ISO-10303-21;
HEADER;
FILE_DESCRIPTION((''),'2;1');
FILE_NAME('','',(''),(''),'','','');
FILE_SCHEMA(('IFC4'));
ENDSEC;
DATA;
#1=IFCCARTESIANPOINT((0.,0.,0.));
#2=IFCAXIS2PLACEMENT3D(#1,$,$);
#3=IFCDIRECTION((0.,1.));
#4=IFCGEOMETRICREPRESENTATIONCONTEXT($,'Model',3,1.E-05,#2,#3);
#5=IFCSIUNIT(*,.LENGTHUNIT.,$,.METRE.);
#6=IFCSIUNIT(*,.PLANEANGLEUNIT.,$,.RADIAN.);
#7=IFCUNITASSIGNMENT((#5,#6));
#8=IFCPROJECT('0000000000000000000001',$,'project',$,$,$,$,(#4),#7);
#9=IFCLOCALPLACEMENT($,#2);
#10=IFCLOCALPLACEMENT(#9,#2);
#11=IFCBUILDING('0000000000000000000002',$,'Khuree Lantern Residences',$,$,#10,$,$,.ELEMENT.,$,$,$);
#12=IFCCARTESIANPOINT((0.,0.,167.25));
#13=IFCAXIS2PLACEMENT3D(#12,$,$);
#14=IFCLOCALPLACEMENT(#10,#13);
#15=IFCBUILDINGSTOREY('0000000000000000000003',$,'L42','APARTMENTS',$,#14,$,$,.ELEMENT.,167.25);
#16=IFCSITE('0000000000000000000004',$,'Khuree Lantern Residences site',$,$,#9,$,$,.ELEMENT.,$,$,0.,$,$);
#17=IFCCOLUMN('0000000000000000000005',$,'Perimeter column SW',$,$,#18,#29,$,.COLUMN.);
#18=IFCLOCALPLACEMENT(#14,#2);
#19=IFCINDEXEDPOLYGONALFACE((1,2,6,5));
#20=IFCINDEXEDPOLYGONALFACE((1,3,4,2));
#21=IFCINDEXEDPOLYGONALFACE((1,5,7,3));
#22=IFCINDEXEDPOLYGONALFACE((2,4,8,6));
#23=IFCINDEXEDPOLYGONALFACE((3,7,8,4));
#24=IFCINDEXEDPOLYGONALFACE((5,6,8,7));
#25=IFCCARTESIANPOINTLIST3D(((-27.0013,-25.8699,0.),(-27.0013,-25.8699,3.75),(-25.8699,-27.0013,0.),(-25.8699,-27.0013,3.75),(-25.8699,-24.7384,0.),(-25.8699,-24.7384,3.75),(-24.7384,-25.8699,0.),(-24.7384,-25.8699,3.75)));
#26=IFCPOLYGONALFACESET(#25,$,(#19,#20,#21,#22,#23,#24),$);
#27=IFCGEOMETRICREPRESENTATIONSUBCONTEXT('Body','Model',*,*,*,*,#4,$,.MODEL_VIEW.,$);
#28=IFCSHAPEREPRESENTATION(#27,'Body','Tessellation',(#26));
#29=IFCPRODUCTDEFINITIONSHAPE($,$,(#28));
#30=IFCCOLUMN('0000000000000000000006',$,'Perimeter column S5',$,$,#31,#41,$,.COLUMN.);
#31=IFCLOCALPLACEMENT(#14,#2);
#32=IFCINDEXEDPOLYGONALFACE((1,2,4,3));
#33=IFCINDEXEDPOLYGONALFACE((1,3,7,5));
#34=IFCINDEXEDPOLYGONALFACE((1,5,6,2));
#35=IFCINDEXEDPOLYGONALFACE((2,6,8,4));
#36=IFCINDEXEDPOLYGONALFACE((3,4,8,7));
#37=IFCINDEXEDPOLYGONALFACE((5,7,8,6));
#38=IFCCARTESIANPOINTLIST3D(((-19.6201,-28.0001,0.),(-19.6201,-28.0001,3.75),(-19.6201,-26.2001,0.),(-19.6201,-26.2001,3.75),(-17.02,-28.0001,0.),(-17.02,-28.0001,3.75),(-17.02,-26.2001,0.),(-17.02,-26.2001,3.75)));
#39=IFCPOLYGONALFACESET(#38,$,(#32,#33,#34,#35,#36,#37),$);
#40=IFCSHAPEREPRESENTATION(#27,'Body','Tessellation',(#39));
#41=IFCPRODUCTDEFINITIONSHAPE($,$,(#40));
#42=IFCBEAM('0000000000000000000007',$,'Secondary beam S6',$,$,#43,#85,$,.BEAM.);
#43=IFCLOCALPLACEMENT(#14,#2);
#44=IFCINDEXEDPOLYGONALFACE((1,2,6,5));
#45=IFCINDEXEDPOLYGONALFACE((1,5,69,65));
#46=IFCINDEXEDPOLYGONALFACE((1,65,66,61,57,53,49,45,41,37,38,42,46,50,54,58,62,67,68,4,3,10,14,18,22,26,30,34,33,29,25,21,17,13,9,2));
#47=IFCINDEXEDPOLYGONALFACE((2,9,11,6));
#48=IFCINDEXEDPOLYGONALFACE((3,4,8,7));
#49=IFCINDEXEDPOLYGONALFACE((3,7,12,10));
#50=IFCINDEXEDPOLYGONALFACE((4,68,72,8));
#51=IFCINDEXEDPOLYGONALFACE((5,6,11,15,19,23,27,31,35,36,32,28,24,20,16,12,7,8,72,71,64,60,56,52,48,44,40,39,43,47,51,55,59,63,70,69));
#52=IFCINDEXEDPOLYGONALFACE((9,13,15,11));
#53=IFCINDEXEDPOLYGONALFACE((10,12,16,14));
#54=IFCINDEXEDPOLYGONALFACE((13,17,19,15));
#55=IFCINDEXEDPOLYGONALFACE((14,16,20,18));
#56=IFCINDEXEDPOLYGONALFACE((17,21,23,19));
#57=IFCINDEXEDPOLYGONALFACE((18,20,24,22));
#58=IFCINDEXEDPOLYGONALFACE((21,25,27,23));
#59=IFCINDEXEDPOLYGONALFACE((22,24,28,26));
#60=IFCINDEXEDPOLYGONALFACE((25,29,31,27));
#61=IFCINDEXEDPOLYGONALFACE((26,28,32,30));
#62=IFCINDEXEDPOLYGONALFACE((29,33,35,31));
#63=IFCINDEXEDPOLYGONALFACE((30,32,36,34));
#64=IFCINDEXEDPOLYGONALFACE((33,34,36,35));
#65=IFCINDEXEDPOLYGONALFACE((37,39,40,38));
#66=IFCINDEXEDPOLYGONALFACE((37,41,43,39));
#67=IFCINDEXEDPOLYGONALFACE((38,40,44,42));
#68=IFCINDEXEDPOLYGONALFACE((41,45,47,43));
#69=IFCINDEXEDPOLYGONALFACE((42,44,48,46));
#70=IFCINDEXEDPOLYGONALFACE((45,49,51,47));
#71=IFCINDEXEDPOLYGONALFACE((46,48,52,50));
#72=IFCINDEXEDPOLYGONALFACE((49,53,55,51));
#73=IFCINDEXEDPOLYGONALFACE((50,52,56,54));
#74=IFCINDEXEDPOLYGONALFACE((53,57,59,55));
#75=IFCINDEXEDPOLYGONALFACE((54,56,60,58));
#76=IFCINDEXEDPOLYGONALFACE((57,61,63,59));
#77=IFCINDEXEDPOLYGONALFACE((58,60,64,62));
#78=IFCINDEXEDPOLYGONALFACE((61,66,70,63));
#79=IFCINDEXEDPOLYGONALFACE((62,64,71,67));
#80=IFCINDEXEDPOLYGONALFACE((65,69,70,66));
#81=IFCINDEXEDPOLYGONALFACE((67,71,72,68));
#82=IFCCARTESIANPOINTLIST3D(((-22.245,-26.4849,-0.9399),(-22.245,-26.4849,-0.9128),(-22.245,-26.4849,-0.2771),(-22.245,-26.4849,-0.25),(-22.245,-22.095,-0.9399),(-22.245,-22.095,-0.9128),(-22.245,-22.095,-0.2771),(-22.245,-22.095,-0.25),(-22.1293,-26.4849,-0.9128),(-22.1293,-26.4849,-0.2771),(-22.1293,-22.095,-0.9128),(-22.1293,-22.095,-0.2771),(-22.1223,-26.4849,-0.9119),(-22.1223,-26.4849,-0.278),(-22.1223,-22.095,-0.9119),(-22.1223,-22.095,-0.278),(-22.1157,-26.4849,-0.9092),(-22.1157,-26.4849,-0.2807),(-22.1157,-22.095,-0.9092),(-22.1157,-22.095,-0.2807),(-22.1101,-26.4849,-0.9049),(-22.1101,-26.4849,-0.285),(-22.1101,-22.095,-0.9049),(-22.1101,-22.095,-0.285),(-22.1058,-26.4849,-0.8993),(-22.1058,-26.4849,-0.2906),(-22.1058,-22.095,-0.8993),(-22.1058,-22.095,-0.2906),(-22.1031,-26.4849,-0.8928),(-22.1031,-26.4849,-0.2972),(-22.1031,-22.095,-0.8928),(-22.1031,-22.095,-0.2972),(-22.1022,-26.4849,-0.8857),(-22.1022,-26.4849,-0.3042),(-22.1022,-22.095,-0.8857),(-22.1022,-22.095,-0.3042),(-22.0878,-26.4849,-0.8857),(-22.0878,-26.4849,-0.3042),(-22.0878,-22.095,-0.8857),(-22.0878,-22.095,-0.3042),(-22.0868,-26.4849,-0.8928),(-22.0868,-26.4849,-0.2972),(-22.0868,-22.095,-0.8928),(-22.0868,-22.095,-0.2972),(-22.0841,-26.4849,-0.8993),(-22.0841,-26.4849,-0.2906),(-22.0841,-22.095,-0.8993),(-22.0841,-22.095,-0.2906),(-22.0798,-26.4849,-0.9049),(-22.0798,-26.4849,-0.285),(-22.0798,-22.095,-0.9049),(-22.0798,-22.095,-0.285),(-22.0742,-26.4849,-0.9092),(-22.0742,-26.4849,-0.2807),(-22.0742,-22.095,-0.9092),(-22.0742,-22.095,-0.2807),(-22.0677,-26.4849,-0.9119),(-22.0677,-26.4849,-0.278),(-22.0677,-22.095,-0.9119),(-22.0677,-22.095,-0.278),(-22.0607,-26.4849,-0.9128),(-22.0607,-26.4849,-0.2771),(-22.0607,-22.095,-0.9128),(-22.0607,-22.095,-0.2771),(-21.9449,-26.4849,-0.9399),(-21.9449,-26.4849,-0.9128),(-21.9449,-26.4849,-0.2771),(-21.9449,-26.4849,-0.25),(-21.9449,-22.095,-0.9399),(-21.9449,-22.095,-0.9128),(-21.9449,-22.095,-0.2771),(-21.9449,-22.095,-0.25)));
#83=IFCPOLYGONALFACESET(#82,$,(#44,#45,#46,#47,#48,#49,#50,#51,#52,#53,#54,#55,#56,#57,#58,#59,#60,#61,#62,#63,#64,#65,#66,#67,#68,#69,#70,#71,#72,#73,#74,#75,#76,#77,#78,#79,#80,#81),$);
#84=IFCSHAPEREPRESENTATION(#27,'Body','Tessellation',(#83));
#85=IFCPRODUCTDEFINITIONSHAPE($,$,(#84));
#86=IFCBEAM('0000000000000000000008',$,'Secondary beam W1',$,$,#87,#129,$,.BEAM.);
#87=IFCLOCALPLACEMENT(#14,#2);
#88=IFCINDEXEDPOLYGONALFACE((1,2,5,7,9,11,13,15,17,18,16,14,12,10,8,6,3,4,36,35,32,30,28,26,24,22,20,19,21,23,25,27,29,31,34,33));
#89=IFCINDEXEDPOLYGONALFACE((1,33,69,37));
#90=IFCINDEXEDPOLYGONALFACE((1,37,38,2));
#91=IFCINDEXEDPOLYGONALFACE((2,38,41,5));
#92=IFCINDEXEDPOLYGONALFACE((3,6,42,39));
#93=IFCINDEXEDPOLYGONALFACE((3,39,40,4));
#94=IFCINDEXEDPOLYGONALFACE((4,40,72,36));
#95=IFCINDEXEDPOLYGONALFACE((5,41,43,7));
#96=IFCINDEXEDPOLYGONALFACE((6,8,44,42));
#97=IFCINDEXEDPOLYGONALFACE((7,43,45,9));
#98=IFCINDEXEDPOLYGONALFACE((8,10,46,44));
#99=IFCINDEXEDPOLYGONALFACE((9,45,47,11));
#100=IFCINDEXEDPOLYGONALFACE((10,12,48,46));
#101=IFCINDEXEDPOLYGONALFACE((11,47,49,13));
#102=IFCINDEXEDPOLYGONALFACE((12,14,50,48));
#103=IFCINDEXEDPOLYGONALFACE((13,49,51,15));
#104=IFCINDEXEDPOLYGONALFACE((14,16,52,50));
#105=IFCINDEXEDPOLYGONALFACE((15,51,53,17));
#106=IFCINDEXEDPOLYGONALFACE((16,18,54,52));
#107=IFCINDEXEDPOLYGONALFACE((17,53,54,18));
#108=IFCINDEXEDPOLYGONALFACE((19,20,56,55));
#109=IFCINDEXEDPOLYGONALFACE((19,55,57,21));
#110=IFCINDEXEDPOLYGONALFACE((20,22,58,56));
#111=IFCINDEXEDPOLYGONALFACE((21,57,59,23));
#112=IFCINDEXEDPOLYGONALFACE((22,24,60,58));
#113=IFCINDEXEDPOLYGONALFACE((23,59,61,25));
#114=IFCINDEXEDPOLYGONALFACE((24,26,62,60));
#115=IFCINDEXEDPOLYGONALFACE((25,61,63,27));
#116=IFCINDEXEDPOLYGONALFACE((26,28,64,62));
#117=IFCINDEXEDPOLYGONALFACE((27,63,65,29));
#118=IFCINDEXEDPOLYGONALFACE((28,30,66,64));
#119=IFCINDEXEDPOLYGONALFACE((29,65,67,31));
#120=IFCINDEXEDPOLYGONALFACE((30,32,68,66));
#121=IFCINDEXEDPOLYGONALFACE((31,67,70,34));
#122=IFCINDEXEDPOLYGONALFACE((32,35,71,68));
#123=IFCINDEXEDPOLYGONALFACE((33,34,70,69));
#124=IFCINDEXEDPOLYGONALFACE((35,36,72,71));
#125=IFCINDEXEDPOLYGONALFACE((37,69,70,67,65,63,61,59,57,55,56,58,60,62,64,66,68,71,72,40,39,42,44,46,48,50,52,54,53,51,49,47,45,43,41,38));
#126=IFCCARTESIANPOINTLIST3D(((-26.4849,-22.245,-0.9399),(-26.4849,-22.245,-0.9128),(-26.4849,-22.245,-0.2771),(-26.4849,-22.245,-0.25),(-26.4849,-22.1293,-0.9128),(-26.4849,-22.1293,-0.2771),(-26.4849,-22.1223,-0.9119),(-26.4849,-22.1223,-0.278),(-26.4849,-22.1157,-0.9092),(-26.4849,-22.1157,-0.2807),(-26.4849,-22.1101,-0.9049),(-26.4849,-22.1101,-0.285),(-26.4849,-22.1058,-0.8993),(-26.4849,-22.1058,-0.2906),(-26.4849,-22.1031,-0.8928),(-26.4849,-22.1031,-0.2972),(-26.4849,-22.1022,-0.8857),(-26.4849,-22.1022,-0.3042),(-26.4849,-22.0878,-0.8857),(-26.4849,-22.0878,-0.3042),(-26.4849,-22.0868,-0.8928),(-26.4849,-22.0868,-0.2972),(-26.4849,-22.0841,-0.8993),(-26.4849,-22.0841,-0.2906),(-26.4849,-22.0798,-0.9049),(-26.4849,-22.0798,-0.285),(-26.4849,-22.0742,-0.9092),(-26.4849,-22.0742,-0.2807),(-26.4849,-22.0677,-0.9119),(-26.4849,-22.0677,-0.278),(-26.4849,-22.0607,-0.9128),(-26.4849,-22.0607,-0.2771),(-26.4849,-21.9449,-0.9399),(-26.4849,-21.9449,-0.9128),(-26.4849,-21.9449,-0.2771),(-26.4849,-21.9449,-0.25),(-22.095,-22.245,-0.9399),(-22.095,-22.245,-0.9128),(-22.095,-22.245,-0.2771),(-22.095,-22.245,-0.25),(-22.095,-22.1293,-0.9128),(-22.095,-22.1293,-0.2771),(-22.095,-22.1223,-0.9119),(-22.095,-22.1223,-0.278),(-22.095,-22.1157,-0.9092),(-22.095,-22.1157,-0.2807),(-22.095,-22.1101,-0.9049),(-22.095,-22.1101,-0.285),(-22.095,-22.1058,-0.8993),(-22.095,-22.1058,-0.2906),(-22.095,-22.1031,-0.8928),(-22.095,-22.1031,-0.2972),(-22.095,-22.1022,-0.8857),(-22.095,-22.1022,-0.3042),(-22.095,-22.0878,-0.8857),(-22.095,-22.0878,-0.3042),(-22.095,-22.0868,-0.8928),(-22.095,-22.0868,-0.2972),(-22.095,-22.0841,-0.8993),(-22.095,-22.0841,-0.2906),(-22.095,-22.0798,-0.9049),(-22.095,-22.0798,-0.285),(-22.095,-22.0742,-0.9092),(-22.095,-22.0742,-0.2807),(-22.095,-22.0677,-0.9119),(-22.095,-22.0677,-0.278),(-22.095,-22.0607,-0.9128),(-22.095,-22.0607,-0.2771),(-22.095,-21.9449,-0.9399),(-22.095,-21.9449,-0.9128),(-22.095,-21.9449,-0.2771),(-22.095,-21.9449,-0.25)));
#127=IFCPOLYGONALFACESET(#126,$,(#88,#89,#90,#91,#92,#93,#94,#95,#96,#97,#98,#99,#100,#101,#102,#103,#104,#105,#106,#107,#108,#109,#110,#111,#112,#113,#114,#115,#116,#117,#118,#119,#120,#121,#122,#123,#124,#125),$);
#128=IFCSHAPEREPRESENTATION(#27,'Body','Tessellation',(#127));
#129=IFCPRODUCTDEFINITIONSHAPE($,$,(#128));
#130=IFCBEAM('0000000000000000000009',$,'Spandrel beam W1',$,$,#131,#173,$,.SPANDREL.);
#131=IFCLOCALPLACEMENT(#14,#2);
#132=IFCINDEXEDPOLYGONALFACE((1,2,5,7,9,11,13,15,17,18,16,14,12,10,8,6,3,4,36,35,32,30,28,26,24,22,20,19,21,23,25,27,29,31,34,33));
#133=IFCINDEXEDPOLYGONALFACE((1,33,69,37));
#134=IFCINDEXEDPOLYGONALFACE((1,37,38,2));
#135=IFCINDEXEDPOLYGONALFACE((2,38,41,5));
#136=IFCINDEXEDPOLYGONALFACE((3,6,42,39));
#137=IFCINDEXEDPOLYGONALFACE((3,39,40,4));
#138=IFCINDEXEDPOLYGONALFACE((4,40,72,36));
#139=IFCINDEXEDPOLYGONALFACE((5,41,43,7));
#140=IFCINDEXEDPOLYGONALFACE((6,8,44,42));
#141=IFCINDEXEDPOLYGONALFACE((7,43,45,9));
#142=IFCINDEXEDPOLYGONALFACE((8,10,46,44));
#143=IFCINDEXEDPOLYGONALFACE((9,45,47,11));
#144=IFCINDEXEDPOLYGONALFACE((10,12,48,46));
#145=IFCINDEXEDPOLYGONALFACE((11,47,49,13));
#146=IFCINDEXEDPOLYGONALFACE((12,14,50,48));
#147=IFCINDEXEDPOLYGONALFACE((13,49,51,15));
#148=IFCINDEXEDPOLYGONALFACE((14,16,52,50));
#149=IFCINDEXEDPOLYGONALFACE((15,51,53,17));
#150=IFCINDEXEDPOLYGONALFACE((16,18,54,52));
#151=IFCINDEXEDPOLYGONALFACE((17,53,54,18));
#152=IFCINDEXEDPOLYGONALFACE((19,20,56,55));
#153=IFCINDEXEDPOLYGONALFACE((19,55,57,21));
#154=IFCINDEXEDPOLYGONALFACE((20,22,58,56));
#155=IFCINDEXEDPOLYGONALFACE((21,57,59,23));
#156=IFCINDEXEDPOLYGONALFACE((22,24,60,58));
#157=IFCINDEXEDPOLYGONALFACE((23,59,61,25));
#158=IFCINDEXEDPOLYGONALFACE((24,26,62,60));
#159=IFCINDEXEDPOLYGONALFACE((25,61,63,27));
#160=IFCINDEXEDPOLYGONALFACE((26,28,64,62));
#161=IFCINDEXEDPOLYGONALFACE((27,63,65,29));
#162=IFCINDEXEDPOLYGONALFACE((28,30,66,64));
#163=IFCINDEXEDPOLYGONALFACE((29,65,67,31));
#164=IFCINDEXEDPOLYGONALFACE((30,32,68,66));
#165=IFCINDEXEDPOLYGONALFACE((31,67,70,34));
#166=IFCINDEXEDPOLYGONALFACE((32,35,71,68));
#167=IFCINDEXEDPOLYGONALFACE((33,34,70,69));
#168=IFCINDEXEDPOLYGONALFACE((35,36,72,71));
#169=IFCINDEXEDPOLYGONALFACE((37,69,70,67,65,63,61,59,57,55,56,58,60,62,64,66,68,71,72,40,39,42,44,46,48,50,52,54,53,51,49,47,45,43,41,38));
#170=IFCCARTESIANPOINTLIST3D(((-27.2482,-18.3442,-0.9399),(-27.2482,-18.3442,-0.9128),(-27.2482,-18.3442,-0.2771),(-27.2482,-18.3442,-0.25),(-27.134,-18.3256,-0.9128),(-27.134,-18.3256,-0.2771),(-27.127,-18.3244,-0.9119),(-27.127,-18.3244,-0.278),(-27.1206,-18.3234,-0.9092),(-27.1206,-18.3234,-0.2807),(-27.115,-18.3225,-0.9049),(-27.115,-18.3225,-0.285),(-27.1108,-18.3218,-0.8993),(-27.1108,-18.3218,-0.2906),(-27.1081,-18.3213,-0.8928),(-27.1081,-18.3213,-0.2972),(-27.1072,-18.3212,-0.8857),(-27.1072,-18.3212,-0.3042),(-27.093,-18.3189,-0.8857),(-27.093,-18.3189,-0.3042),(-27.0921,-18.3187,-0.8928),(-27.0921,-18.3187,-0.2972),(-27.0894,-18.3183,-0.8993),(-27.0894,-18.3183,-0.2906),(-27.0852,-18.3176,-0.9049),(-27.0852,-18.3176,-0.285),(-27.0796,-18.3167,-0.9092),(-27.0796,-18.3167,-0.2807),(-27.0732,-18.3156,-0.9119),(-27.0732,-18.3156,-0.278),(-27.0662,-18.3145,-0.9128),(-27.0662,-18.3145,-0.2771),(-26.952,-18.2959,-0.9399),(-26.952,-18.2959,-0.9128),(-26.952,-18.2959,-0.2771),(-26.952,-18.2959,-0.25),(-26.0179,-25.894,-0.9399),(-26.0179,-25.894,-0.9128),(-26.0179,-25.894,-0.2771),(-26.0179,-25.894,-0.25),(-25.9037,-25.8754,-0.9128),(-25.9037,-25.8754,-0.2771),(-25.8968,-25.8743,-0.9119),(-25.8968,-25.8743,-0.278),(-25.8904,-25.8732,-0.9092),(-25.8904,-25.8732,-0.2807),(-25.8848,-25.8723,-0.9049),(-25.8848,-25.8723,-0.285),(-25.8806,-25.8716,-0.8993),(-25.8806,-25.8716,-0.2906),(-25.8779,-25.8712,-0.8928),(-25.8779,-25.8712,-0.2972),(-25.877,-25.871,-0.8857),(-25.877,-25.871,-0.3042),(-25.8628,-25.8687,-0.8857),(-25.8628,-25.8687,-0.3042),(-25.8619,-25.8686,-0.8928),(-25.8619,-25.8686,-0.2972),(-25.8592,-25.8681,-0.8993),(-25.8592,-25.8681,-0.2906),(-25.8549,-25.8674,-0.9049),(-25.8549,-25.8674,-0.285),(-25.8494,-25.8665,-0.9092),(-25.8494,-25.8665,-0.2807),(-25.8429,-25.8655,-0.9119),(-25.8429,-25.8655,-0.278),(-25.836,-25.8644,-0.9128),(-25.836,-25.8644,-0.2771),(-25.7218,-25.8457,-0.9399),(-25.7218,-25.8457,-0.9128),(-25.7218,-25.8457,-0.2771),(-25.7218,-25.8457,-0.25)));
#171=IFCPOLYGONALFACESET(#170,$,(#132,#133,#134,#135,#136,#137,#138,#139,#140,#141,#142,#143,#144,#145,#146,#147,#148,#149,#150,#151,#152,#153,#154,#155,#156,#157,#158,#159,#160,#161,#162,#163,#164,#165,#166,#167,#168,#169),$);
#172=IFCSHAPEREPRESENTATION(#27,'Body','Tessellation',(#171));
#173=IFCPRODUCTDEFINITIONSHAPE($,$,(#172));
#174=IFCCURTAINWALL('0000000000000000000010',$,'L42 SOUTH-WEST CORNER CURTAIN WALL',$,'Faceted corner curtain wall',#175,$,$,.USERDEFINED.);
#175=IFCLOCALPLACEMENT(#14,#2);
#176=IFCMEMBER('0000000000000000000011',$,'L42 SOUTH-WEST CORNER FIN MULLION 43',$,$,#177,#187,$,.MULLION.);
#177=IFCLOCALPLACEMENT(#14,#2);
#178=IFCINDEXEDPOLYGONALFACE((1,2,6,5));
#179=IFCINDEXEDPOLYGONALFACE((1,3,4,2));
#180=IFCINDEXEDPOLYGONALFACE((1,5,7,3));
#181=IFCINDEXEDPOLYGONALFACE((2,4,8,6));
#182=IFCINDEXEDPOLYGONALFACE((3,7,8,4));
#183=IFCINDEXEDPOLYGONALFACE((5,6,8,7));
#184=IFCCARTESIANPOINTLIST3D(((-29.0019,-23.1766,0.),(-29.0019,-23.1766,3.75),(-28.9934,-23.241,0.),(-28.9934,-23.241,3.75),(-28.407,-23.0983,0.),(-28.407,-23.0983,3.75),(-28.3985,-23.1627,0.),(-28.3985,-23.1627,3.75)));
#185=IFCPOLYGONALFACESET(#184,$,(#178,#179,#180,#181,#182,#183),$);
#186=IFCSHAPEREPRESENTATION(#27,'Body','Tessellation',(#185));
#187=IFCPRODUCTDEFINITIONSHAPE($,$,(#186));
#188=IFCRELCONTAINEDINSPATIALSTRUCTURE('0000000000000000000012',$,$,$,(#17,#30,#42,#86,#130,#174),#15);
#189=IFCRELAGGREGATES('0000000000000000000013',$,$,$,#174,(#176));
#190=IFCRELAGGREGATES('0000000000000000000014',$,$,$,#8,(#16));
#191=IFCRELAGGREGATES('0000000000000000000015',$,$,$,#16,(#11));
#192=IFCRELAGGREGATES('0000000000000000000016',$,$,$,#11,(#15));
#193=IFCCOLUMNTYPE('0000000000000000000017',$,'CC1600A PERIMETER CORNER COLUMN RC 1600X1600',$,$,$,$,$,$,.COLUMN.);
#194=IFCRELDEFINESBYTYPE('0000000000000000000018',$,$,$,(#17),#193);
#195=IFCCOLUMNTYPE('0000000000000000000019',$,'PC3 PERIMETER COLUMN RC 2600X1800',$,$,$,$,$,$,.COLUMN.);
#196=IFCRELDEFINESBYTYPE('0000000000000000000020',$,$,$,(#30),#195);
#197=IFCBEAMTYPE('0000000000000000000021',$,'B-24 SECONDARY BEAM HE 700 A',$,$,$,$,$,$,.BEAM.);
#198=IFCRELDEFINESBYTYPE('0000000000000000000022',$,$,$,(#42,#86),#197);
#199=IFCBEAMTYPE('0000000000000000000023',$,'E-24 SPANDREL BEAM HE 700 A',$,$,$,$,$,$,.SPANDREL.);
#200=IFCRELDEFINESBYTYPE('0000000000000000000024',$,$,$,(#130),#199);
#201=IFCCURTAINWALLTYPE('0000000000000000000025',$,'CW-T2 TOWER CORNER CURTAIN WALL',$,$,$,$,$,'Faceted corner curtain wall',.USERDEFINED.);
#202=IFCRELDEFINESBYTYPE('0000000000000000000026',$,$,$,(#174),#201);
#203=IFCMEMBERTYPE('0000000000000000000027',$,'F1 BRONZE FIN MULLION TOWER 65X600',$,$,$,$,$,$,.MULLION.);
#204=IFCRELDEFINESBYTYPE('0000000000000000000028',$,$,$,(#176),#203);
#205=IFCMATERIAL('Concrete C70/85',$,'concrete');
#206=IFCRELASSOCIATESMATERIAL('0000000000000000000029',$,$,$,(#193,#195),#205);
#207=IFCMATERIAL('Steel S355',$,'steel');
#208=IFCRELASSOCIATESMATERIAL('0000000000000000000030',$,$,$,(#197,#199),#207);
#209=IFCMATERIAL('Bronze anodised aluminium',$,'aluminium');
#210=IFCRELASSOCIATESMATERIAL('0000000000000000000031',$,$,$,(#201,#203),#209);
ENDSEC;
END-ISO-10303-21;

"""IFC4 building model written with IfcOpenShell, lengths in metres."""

from ifc_helpers import new_model, si_unit, direction, frame, origin, origin_2d, place, context, subcontext, project, spatial, rectangle, i_section, extrude, material, material_profile, profile_set, type_object, element, aggregate, save


model = new_model("IFC4")

# Units and contexts
model_context = context("Model", 3, precision=1e-05, world=origin(), true_north=direction((0.0, 1.0)))
body_context = subcontext(model_context, "Body", "Model", "MODEL_VIEW")
ifc_project = project(units=[si_unit("LENGTHUNIT", "METRE"), si_unit("PLANEANGLEUNIT", "RADIAN")], contexts=[model_context])

# Site, building, storey
site_placement = place(None, origin())
site = spatial("IfcSite", under=ifc_project, at=site_placement, Name="Khuree Lantern Residences site", CompositionType="ELEMENT", RefElevation=0.0)
building_placement = place(site_placement, origin())
building = spatial("IfcBuilding", under=site, at=building_placement, Name="Khuree Lantern Residences", CompositionType="ELEMENT")
storey_placement = place(building_placement, frame((0.0, 0.0, 167.25)))
storey = spatial("IfcBuildingStorey", under=building, at=storey_placement, Name="L42", Description="APARTMENTS", CompositionType="ELEMENT", Elevation=167.25)

# Columns
ifc_material_1 = material(Name="Concrete C70/85", Category="concrete")
ifc_material_profile_1 = material_profile(ifc_material_1, rectangle(XDim=1.6001, YDim=1.6001, at=origin_2d()), Name="RC 1600X1600")
ifc_profile_set_1 = profile_set([ifc_material_profile_1], Name="Concrete C70/85")
column_type_1 = type_object("IfcColumnType", Name="CC1600A PERIMETER CORNER COLUMN RC 1600X1600", PredefinedType="COLUMN", material=ifc_profile_set_1)
column_1_placement = place(storey_placement, frame((-25.8699, -25.8699, 0.0), z_axis=(0.0, 0.0, 1.0), x_axis=(0.707107, -0.707107, 0.0)))
element("IfcColumn", 1, at=column_1_placement, inside=storey, type_object=column_type_1, Name="Perimeter column SW", PredefinedType="COLUMN", context=body_context, shape_type="SweptSolid", body=[
    extrude(rectangle(XDim=1.6001, YDim=1.6001, at=origin_2d()), origin(), (0.0, 0.0, 1.0), 3.75),
])
ifc_material_profile_2 = material_profile(ifc_material_1, rectangle(XDim=2.6001, YDim=1.8, at=origin_2d()), Name="RC 2600X1800")
ifc_profile_set_2 = profile_set([ifc_material_profile_2], Name="Concrete C70/85")
column_type_2 = type_object("IfcColumnType", Name="PC3 PERIMETER COLUMN RC 2600X1800", PredefinedType="COLUMN", material=ifc_profile_set_2)
column_2_placement = place(storey_placement, frame((-18.3201, -27.1001, 0.0), z_axis=(0.0, 0.0, 1.0), x_axis=(1.0, 0.0, 0.0)))
element("IfcColumn", 2, at=column_2_placement, inside=storey, type_object=column_type_2, Name="Perimeter column S5", PredefinedType="COLUMN", context=body_context, shape_type="SweptSolid", body=[
    extrude(rectangle(XDim=2.6001, YDim=1.8, at=origin_2d()), origin(), (0.0, 0.0, 1.0), 3.75),
])

# Beams
ifc_material_2 = material(Name="Steel S355", Category="steel")
ifc_material_profile_3 = material_profile(ifc_material_2, i_section(OverallWidth=0.3, OverallDepth=0.6899, WebThickness=0.0144, FlangeThickness=0.0271, FilletRadius=0.0271, at=origin_2d()), Name="HE 700 A")
ifc_profile_set_3 = profile_set([ifc_material_profile_3], Name="Steel S355")
beam_type_1 = type_object("IfcBeamType", Name="B-24 SECONDARY BEAM HE 700 A", PredefinedType="BEAM", material=ifc_profile_set_3)
for number, where, z_axis, x_axis, name in (
    (3, (-22.095, -26.4849, -0.595), (0.0, 1.0, 0.0), (-1.0, 0.0, 0.0), "Secondary beam S6"),
    (4, (-26.4849, -22.095, -0.595), (1.0, 0.0, 0.0), (0.0, 1.0, 0.0), "Secondary beam W1"),
):
    element("IfcBeam", number, at=place(storey_placement, frame(where, z_axis=z_axis, x_axis=x_axis)), inside=storey, type_object=beam_type_1, Name=name, PredefinedType="BEAM", context=body_context, shape_type="SweptSolid", body=[
        extrude(i_section(OverallWidth=0.3, OverallDepth=0.6899, WebThickness=0.0144, FlangeThickness=0.0271, FilletRadius=0.0271, at=origin_2d()), origin(), (0.0, 0.0, 1.0), 4.3899),
    ])
ifc_material_profile_4 = material_profile(ifc_material_2, i_section(OverallWidth=0.3, OverallDepth=0.6899, WebThickness=0.0144, FlangeThickness=0.0271, FilletRadius=0.0271, at=origin_2d()), Name="HE 700 A")
ifc_profile_set_4 = profile_set([ifc_material_profile_4], Name="Steel S355")
beam_type_2 = type_object("IfcBeamType", Name="E-24 SPANDREL BEAM HE 700 A", PredefinedType="SPANDREL", material=ifc_profile_set_4)
beam_1_placement = place(storey_placement, frame((-25.8699, -25.8699, -0.595), z_axis=(-0.160827, 0.986983, 0.0), x_axis=(-0.986983, -0.160827, 0.0)))
element("IfcBeam", 5, at=beam_1_placement, inside=storey, type_object=beam_type_2, Name="Spandrel beam W1", PredefinedType="SPANDREL", context=body_context, shape_type="SweptSolid", body=[
    extrude(i_section(OverallWidth=0.3, OverallDepth=0.6899, WebThickness=0.0144, FlangeThickness=0.0271, FilletRadius=0.0271, at=origin_2d()), origin(), (0.0, 0.0, 1.0), 7.6494),
])

# Curtain wall, member
ifc_material_3 = material(Name="Bronze anodised aluminium", Category="aluminium")
curtain_wall_type_1 = type_object("IfcCurtainWallType", Name="CW-T2 TOWER CORNER CURTAIN WALL", ElementType="Faceted corner curtain wall", PredefinedType="USERDEFINED", material=ifc_material_3)
curtain_wall_1_placement = place(storey_placement, origin())
curtain_wall_1 = element("IfcCurtainWall", 6, at=curtain_wall_1_placement, inside=storey, type_object=curtain_wall_type_1, Name="L42 SOUTH-WEST CORNER CURTAIN WALL", ObjectType="Faceted corner curtain wall", PredefinedType="USERDEFINED")
ifc_material_profile_5 = material_profile(ifc_material_3, rectangle(XDim=0.0649, YDim=0.6001, at=origin_2d()), Name="F1 65X600")
ifc_profile_set_5 = profile_set([ifc_material_profile_5], Name="Bronze anodised aluminium")
member_type_1 = type_object("IfcMemberType", Name="F1 BRONZE FIN MULLION TOWER 65X600", PredefinedType="MULLION", material=ifc_profile_set_5)
member_1_placement = place(storey_placement, frame((-28.7002, -23.1697, 0.0), z_axis=(0.0, 0.0, 1.0), x_axis=(0.130526, -0.991445, 0.0)))
member_1 = element("IfcMember", 7, at=member_1_placement, type_object=member_type_1, Name="L42 SOUTH-WEST CORNER FIN MULLION 43", PredefinedType="MULLION", context=body_context, shape_type="SweptSolid", body=[
    extrude(rectangle(XDim=0.0649, YDim=0.6001, at=origin_2d()), origin(), (0.0, 0.0, 1.0), 3.75),
])

aggregate(curtain_wall_1, [member_1])

save(model, "model.ifc")
